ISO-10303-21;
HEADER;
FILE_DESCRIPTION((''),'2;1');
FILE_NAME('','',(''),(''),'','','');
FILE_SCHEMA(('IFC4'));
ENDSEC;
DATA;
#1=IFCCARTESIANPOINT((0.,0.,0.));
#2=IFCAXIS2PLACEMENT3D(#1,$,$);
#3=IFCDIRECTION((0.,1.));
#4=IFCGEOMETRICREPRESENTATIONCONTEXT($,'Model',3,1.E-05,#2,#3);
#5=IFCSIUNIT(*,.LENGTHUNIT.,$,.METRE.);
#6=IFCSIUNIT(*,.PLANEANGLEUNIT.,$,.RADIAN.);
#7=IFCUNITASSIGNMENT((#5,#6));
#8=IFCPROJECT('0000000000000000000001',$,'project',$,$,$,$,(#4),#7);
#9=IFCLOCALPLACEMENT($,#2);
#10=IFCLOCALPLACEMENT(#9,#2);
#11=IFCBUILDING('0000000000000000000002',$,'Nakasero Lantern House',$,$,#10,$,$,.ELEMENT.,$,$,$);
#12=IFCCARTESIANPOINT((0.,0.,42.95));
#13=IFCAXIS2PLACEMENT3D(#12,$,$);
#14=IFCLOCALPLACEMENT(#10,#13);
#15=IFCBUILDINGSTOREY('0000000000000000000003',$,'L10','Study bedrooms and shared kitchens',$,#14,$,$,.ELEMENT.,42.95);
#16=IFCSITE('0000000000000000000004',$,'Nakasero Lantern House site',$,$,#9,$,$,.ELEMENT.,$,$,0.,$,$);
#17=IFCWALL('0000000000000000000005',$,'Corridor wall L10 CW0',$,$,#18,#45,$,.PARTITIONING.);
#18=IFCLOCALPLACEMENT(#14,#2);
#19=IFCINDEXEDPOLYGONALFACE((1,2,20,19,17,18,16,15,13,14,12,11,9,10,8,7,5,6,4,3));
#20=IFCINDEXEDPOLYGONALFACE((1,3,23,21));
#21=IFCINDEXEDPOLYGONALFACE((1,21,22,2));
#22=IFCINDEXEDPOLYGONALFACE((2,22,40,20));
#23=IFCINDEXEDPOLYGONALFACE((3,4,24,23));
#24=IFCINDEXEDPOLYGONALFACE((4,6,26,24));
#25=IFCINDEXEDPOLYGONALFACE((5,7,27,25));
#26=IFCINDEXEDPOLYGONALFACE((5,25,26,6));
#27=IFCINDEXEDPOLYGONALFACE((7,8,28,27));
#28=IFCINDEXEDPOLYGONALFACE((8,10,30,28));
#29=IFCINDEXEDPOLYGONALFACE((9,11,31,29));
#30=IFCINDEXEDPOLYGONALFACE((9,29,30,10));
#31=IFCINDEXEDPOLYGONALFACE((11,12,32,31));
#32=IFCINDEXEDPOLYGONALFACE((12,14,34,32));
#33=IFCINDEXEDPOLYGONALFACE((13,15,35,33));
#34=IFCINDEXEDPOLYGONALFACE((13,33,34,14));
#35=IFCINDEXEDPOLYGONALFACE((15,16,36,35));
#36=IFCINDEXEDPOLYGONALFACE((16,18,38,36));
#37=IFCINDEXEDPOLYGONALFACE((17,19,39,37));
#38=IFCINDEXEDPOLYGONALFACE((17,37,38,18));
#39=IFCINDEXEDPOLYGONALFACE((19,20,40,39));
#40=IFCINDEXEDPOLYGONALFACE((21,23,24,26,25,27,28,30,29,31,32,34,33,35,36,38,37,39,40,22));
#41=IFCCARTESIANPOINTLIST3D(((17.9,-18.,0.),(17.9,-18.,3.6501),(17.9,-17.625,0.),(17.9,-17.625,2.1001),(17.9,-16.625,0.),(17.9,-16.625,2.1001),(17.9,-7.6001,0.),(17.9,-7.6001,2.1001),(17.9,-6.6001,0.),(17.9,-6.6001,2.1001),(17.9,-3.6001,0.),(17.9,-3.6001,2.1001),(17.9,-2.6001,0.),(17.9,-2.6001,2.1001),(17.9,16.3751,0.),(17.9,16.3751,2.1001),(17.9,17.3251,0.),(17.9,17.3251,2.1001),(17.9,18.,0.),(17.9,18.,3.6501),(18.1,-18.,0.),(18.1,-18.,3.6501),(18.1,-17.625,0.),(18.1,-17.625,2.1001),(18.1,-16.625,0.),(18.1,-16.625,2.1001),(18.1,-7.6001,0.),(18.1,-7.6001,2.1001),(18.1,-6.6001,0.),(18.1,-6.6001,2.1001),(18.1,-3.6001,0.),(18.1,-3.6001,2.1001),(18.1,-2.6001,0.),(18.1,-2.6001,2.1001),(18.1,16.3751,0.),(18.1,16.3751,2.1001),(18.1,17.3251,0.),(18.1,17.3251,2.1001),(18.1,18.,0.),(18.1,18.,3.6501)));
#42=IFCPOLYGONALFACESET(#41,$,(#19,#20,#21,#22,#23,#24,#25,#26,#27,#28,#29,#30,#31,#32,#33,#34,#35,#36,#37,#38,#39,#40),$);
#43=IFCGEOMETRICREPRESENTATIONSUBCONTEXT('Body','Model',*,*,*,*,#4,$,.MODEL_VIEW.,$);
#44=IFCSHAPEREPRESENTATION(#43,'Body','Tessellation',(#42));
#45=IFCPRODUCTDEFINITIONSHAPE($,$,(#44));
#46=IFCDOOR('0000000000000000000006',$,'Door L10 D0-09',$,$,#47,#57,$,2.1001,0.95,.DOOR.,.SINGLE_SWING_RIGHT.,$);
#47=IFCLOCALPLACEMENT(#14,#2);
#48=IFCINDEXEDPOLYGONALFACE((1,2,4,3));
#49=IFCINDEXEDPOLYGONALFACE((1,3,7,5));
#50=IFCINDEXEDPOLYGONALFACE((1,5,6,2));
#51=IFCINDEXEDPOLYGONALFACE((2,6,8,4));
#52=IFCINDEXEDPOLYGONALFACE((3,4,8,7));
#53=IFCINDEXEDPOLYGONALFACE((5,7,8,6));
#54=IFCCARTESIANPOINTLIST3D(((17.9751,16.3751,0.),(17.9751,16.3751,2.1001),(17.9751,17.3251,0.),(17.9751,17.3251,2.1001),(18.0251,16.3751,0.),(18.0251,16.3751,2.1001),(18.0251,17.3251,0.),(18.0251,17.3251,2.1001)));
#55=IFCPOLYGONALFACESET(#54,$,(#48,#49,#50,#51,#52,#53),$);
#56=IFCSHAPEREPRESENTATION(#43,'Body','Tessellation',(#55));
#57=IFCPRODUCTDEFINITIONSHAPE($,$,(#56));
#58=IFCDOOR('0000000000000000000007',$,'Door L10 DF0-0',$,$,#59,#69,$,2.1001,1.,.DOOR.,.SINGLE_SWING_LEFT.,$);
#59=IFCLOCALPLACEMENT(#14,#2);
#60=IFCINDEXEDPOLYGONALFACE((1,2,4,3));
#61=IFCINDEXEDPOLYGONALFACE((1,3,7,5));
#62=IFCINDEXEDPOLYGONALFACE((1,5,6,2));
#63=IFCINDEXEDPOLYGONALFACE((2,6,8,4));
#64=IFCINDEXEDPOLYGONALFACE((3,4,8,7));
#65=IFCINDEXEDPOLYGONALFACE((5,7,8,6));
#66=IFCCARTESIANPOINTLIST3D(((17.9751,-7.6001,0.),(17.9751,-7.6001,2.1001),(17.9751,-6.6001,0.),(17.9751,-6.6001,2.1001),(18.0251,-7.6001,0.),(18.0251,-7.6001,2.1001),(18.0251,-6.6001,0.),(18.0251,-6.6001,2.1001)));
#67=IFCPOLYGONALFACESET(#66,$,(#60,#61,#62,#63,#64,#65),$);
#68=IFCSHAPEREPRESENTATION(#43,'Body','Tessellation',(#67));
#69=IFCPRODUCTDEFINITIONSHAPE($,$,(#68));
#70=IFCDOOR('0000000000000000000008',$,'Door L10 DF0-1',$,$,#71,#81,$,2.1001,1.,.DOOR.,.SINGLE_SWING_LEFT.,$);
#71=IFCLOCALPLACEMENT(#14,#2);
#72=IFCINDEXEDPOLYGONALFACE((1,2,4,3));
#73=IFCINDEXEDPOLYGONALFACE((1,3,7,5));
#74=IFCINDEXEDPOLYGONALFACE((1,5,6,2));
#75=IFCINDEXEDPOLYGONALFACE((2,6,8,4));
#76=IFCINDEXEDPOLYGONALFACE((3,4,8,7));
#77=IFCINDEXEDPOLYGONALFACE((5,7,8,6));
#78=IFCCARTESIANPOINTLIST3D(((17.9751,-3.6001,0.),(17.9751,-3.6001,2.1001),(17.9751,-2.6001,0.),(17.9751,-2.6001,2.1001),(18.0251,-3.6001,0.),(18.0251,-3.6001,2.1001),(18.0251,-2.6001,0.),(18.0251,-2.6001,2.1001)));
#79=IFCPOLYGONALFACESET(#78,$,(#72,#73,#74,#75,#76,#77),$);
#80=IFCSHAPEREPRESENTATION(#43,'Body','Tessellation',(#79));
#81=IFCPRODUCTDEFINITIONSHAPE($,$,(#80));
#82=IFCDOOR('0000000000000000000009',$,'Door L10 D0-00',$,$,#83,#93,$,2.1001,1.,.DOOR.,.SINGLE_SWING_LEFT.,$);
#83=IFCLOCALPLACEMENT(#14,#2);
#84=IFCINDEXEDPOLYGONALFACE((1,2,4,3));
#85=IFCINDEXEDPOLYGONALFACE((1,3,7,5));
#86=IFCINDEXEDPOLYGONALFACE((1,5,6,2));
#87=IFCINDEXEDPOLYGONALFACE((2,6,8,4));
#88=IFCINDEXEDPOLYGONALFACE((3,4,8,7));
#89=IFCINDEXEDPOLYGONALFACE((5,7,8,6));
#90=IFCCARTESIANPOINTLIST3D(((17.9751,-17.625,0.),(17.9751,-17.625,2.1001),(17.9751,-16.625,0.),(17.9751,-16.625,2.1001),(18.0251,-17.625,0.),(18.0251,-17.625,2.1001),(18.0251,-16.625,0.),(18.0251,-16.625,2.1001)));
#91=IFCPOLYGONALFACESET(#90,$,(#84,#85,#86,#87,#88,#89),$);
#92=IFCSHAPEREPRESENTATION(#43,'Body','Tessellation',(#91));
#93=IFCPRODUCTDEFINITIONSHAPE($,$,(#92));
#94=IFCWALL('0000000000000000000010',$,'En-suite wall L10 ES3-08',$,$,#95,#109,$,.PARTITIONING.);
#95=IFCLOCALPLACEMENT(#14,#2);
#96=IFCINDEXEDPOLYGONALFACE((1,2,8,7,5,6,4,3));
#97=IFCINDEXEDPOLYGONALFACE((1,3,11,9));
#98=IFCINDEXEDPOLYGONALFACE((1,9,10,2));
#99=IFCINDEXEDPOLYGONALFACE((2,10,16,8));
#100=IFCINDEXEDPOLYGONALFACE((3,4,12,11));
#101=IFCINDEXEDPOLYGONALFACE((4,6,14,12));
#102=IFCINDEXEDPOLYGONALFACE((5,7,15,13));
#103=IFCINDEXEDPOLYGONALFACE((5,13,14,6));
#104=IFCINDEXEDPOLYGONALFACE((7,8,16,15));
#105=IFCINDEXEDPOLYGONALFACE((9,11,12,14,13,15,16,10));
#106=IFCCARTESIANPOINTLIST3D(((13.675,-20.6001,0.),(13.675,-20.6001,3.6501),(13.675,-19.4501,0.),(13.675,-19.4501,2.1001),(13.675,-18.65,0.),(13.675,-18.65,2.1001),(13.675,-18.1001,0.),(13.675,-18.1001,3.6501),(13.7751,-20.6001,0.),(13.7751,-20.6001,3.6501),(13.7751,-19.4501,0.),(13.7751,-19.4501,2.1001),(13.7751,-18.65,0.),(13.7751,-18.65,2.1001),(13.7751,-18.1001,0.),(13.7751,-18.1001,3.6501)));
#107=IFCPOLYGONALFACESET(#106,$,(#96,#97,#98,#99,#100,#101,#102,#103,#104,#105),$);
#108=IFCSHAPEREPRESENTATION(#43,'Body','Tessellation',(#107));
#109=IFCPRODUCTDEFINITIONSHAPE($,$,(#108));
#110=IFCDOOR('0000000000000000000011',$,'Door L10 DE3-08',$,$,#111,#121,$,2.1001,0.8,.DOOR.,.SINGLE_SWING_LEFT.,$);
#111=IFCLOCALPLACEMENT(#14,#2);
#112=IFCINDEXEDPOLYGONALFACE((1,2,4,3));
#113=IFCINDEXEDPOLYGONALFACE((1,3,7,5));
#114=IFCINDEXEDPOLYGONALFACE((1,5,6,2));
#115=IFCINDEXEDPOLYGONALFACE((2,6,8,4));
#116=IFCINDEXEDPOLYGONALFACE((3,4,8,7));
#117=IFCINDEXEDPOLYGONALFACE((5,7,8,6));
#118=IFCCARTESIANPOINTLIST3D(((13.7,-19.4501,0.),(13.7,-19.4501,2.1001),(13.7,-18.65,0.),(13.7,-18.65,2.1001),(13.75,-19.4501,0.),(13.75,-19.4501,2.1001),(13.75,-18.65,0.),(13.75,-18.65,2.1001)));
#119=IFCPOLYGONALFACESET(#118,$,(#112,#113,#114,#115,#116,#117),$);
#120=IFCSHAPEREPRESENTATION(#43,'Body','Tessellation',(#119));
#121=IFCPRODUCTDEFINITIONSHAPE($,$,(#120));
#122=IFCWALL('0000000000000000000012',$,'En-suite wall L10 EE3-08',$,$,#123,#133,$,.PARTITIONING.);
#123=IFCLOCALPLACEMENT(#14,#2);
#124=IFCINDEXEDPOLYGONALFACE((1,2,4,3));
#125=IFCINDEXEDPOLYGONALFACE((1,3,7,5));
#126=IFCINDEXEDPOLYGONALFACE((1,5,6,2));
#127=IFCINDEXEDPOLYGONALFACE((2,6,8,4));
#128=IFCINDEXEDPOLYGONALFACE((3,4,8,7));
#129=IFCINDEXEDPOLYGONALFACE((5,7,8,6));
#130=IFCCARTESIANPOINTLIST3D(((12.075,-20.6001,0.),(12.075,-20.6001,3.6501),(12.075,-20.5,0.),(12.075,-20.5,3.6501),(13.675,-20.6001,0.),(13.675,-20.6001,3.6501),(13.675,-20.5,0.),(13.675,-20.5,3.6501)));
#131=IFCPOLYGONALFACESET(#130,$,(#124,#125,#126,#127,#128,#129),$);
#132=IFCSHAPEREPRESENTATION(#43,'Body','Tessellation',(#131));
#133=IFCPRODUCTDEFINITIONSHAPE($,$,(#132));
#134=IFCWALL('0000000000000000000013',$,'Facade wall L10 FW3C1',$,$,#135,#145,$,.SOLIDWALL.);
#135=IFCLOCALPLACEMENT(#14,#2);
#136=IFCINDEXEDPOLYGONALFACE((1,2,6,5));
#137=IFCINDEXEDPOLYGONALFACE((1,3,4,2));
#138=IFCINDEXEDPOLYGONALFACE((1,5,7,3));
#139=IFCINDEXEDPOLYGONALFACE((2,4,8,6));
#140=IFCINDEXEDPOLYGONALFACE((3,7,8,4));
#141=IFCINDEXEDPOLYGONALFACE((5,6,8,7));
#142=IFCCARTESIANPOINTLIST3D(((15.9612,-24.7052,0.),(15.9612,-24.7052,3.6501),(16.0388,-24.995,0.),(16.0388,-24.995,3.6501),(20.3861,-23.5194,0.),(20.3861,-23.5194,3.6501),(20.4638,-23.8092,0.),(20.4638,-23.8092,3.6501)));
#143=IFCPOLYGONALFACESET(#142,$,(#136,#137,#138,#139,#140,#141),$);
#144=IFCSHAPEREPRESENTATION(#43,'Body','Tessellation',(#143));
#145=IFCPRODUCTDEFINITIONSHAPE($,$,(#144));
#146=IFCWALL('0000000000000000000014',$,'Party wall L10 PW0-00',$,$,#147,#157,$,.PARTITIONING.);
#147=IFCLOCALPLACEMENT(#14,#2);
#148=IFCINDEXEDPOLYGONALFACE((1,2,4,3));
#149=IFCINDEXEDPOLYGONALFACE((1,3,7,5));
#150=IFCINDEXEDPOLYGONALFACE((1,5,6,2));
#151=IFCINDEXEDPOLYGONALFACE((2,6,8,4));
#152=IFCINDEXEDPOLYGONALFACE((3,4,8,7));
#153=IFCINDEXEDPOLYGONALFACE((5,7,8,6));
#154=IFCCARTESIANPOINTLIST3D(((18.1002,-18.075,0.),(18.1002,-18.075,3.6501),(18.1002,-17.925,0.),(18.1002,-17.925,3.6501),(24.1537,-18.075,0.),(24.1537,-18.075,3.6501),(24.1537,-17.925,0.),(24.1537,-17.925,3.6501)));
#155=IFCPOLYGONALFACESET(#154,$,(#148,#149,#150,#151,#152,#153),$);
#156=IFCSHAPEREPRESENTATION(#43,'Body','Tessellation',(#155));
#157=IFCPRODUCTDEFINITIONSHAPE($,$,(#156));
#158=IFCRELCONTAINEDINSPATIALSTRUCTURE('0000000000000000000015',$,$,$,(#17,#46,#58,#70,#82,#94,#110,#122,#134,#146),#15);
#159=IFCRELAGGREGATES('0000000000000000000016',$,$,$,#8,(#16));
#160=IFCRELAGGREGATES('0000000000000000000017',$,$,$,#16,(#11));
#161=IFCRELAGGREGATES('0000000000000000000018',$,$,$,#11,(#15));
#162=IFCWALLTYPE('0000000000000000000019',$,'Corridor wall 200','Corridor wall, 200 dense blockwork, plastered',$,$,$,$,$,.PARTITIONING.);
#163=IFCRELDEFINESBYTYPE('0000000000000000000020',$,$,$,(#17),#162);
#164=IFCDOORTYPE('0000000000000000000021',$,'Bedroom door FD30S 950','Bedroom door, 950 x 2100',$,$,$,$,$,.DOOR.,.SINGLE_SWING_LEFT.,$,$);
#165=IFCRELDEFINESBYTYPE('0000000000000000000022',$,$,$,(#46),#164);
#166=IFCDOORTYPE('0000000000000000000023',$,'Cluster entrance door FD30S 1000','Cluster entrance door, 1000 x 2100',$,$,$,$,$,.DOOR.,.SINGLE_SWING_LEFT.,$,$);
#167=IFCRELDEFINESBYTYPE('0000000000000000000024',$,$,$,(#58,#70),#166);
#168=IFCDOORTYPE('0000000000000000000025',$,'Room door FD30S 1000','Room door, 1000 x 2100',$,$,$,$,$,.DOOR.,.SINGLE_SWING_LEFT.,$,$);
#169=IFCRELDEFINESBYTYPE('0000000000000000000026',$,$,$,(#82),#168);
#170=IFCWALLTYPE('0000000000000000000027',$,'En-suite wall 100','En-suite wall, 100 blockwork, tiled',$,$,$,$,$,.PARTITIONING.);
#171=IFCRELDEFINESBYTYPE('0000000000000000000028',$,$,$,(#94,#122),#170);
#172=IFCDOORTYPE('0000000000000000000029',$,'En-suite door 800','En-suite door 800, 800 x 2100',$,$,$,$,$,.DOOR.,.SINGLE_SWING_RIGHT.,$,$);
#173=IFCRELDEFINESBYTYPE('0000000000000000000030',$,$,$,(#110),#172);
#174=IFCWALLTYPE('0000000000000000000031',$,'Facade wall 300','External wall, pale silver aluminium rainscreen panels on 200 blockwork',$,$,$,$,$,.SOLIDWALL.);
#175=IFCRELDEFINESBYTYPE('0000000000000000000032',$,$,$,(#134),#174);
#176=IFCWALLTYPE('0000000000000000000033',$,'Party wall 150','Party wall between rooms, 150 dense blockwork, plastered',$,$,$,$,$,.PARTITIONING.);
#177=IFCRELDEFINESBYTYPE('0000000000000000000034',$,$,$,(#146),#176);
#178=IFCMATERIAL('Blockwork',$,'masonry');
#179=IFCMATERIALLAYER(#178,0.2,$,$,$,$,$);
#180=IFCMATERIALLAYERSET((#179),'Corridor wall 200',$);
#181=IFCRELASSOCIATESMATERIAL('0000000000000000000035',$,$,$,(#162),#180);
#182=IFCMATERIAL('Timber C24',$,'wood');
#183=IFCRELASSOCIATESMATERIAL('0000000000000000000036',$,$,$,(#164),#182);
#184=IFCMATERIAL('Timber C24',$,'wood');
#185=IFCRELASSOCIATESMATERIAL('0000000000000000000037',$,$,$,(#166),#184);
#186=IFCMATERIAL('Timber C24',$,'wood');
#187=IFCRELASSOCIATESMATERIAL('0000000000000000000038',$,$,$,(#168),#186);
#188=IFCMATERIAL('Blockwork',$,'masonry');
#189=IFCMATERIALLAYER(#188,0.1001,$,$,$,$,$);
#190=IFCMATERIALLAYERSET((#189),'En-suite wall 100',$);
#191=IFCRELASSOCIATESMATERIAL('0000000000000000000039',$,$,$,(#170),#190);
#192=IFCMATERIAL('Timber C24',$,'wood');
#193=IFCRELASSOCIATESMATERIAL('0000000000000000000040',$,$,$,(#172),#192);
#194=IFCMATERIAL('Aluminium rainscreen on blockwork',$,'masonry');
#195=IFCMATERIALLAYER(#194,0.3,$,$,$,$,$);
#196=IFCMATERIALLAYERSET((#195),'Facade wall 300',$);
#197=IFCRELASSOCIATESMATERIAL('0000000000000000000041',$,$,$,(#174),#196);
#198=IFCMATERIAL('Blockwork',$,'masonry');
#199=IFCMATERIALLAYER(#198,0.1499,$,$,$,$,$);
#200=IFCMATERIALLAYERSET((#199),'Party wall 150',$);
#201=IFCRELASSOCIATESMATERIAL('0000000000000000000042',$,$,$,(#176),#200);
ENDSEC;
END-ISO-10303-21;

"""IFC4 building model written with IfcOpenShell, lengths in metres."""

from ifc_helpers import new_model, si_unit, direction, frame, frame_2d, origin, place, context, subcontext, project, spatial, rectangle, extrude, material, layer, layer_set, type_object, element, fill, save


model = new_model("IFC4")

# Units and contexts
model_context = context("Model", 3, precision=1e-05, world=origin(), true_north=direction((0.0, 1.0)))
body_context = subcontext(model_context, "Body", "Model", "MODEL_VIEW")
ifc_project = project(units=[si_unit("LENGTHUNIT", "METRE"), si_unit("PLANEANGLEUNIT", "RADIAN")], contexts=[model_context])

# Site, building, storey
site_placement = place(None, origin())
site = spatial("IfcSite", under=ifc_project, at=site_placement, Name="Nakasero Lantern House site", CompositionType="ELEMENT", RefElevation=0.0)
building_placement = place(site_placement, origin())
building = spatial("IfcBuilding", under=site, at=building_placement, Name="Nakasero Lantern House", CompositionType="ELEMENT")
storey_placement = place(building_placement, frame((0.0, 0.0, 42.95)))
storey = spatial("IfcBuildingStorey", under=building, at=storey_placement, Name="L10", Description="Study bedrooms and shared kitchens", CompositionType="ELEMENT", Elevation=42.95)

# Wall, openings, doors
ifc_material_1 = material(Name="Blockwork", Category="masonry")
ifc_layer_1 = layer(ifc_material_1, 0.2)
ifc_layer_set_1 = layer_set([ifc_layer_1], Name="Corridor wall 200")
wall_type_1 = type_object("IfcWallType", Name="Corridor wall 200", Description="Corridor wall, 200 dense blockwork, plastered", PredefinedType="PARTITIONING", material=ifc_layer_set_1)
wall_1_placement = place(storey_placement, frame((18.0, -18.0, 0.0), z_axis=(0.0, 0.0, 1.0), x_axis=(0.0, 1.0, 0.0)))
wall_1 = element("IfcWall", 1, at=wall_1_placement, inside=storey, type_object=wall_type_1, Name="Corridor wall L10 CW0", PredefinedType="PARTITIONING", context=body_context, shape_type="SweptSolid", body=[
    extrude(rectangle(XDim=36.0, YDim=0.2, at=frame_2d((18.0, 0.0))), origin(), (0.0, 0.0, 1.0), 3.6501),
])
opening_1_placement = place(wall_1_placement, frame((10.3999, 0.0, 0.0)))
opening_1 = element("IfcOpeningElement", 2, at=opening_1_placement, cuts=wall_1, PredefinedType="OPENING", context=body_context, shape_type="SweptSolid", body=[
    extrude(rectangle(XDim=1.0, YDim=2.1001, at=frame_2d((0.5, 1.05))), frame((0.0, 0.1199, 0.0), z_axis=(0.0, -1.0, 0.0), x_axis=(1.0, 0.0, 0.0)), (0.0, 0.0, 1.0), 0.24),
])
opening_2_placement = place(wall_1_placement, frame((14.3999, 0.0, 0.0)))
opening_2 = element("IfcOpeningElement", 3, at=opening_2_placement, cuts=wall_1, PredefinedType="OPENING", context=body_context, shape_type="SweptSolid", body=[
    extrude(rectangle(XDim=1.0, YDim=2.1001, at=frame_2d((0.5, 1.05))), frame((0.0, 0.1199, 0.0), z_axis=(0.0, -1.0, 0.0), x_axis=(1.0, 0.0, 0.0)), (0.0, 0.0, 1.0), 0.24),
])
opening_3_placement = place(wall_1_placement, frame((0.375, 0.0, 0.0)))
opening_3 = element("IfcOpeningElement", 4, at=opening_3_placement, cuts=wall_1, PredefinedType="OPENING", context=body_context, shape_type="SweptSolid", body=[
    extrude(rectangle(XDim=1.0, YDim=2.1001, at=frame_2d((0.5, 1.05))), frame((0.0, 0.1199, 0.0), z_axis=(0.0, -1.0, 0.0), x_axis=(1.0, 0.0, 0.0)), (0.0, 0.0, 1.0), 0.24),
])
opening_4_placement = place(wall_1_placement, frame((34.375, 0.0, 0.0)))
opening_4 = element("IfcOpeningElement", 5, at=opening_4_placement, cuts=wall_1, PredefinedType="OPENING", context=body_context, shape_type="SweptSolid", body=[
    extrude(rectangle(XDim=0.95, YDim=2.1001, at=frame_2d((0.4751, 1.05))), frame((0.0, 0.1199, 0.0), z_axis=(0.0, -1.0, 0.0), x_axis=(1.0, 0.0, 0.0)), (0.0, 0.0, 1.0), 0.24),
])
ifc_material_2 = material(Name="Timber C24", Category="wood")
door_type_1 = type_object("IfcDoorType", Name="Bedroom door FD30S 950", Description="Bedroom door, 950 x 2100", OperationType="SINGLE_SWING_LEFT", PredefinedType="DOOR", material=ifc_material_2)
door_1_placement = place(opening_4_placement, origin())
door_1 = element("IfcDoor", 6, at=door_1_placement, inside=storey, type_object=door_type_1, Name="Door L10 D0-09", OperationType="SINGLE_SWING_RIGHT", OverallHeight=2.1001, OverallWidth=0.95, PredefinedType="DOOR", context=body_context, shape_type="SweptSolid", body=[
    extrude(rectangle(XDim=0.95, YDim=2.1001, at=frame_2d((0.4751, 1.05))), frame((0.0, 0.0249, 0.0), z_axis=(0.0, -1.0, 0.0), x_axis=(1.0, 0.0, 0.0)), (0.0, 0.0, 1.0), 0.05),
])
fill(opening_4, door_1)
ifc_material_3 = material(Name="Timber C24", Category="wood")
door_type_2 = type_object("IfcDoorType", Name="Cluster entrance door FD30S 1000", Description="Cluster entrance door, 1000 x 2100", OperationType="SINGLE_SWING_LEFT", PredefinedType="DOOR", material=ifc_material_3)
door_2_placement = place(opening_1_placement, origin())
door_2 = element("IfcDoor", 7, at=door_2_placement, inside=storey, type_object=door_type_2, Name="Door L10 DF0-0", OperationType="SINGLE_SWING_LEFT", OverallHeight=2.1001, OverallWidth=1.0, PredefinedType="DOOR", context=body_context, shape_type="SweptSolid", body=[
    extrude(rectangle(XDim=1.0, YDim=2.1001, at=frame_2d((0.5, 1.05))), frame((0.0, 0.0249, 0.0), z_axis=(0.0, -1.0, 0.0), x_axis=(1.0, 0.0, 0.0)), (0.0, 0.0, 1.0), 0.05),
])
fill(opening_1, door_2)
door_3_placement = place(opening_2_placement, origin())
door_3 = element("IfcDoor", 8, at=door_3_placement, inside=storey, type_object=door_type_2, Name="Door L10 DF0-1", OperationType="SINGLE_SWING_LEFT", OverallHeight=2.1001, OverallWidth=1.0, PredefinedType="DOOR", context=body_context, shape_type="SweptSolid", body=[
    extrude(rectangle(XDim=1.0, YDim=2.1001, at=frame_2d((0.5, 1.05))), frame((0.0, 0.0249, 0.0), z_axis=(0.0, -1.0, 0.0), x_axis=(1.0, 0.0, 0.0)), (0.0, 0.0, 1.0), 0.05),
])
fill(opening_2, door_3)
ifc_material_4 = material(Name="Timber C24", Category="wood")
door_type_3 = type_object("IfcDoorType", Name="Room door FD30S 1000", Description="Room door, 1000 x 2100", OperationType="SINGLE_SWING_LEFT", PredefinedType="DOOR", material=ifc_material_4)
door_4_placement = place(opening_3_placement, origin())
door_4 = element("IfcDoor", 9, at=door_4_placement, inside=storey, type_object=door_type_3, Name="Door L10 D0-00", OperationType="SINGLE_SWING_LEFT", OverallHeight=2.1001, OverallWidth=1.0, PredefinedType="DOOR", context=body_context, shape_type="SweptSolid", body=[
    extrude(rectangle(XDim=1.0, YDim=2.1001, at=frame_2d((0.5, 1.05))), frame((0.0, 0.0249, 0.0), z_axis=(0.0, -1.0, 0.0), x_axis=(1.0, 0.0, 0.0)), (0.0, 0.0, 1.0), 0.05),
])
fill(opening_3, door_4)

# Wall, opening, door
ifc_material_5 = material(Name="Blockwork", Category="masonry")
ifc_layer_2 = layer(ifc_material_5, 0.1001)
ifc_layer_set_2 = layer_set([ifc_layer_2], Name="En-suite wall 100")
wall_type_2 = type_object("IfcWallType", Name="En-suite wall 100", Description="En-suite wall, 100 blockwork, tiled", PredefinedType="PARTITIONING", material=ifc_layer_set_2)
wall_2_placement = place(storey_placement, frame((13.7251, -18.1001, 0.0), z_axis=(0.0, 0.0, 1.0), x_axis=(0.0, -1.0, 0.0)))
wall_2 = element("IfcWall", 10, at=wall_2_placement, inside=storey, type_object=wall_type_2, Name="En-suite wall L10 ES3-08", PredefinedType="PARTITIONING", context=body_context, shape_type="SweptSolid", body=[
    extrude(rectangle(XDim=2.5, YDim=0.1001, at=frame_2d((1.25, 0.0))), origin(), (0.0, 0.0, 1.0), 3.6501),
])
opening_5_placement = place(wall_2_placement, frame((0.55, 0.0, 0.0)))
opening_5 = element("IfcOpeningElement", 11, at=opening_5_placement, cuts=wall_2, PredefinedType="OPENING", context=body_context, shape_type="SweptSolid", body=[
    extrude(rectangle(XDim=0.8, YDim=2.1001, at=frame_2d((0.3999, 1.05))), frame((0.0, 0.0701, 0.0), z_axis=(0.0, -1.0, 0.0), x_axis=(1.0, 0.0, 0.0)), (0.0, 0.0, 1.0), 0.1401),
])
ifc_material_6 = material(Name="Timber C24", Category="wood")
door_type_4 = type_object("IfcDoorType", Name="En-suite door 800", Description="En-suite door 800, 800 x 2100", OperationType="SINGLE_SWING_RIGHT", PredefinedType="DOOR", material=ifc_material_6)
door_5_placement = place(opening_5_placement, origin())
door_5 = element("IfcDoor", 12, at=door_5_placement, inside=storey, type_object=door_type_4, Name="Door L10 DE3-08", OperationType="SINGLE_SWING_LEFT", OverallHeight=2.1001, OverallWidth=0.8, PredefinedType="DOOR", context=body_context, shape_type="SweptSolid", body=[
    extrude(rectangle(XDim=0.8, YDim=2.1001, at=frame_2d((0.3999, 1.05))), frame((0.0, 0.0249, 0.0), z_axis=(0.0, -1.0, 0.0), x_axis=(1.0, 0.0, 0.0)), (0.0, 0.0, 1.0), 0.05),
])
fill(opening_5, door_5)

# Walls
wall_3_placement = place(storey_placement, frame((12.075, -20.55, 0.0), z_axis=(0.0, 0.0, 1.0), x_axis=(1.0, 0.0, 0.0)))
element("IfcWall", 13, at=wall_3_placement, inside=storey, type_object=wall_type_2, Name="En-suite wall L10 EE3-08", PredefinedType="PARTITIONING", context=body_context, shape_type="SweptSolid", body=[
    extrude(rectangle(XDim=1.6001, YDim=0.1001, at=frame_2d((0.8, 0.0))), origin(), (0.0, 0.0, 1.0), 3.6501),
])
ifc_material_7 = material(Name="Aluminium rainscreen on blockwork", Category="masonry")
ifc_layer_3 = layer(ifc_material_7, 0.3)
ifc_layer_set_3 = layer_set([ifc_layer_3], Name="Facade wall 300")
wall_type_3 = type_object("IfcWallType", Name="Facade wall 300", Description="External wall, pale silver aluminium rainscreen panels on 200 blockwork", PredefinedType="SOLIDWALL", material=ifc_layer_set_3)
wall_4_placement = place(storey_placement, frame((16.0, -24.8501, 0.0), z_axis=(0.0, 0.0, 1.0), x_axis=(0.96592, 0.25884, 0.0)))
element("IfcWall", 14, at=wall_4_placement, inside=storey, type_object=wall_type_3, Name="Facade wall L10 FW3C1", PredefinedType="SOLIDWALL", context=body_context, shape_type="SweptSolid", body=[
    extrude(rectangle(XDim=4.5811, YDim=0.3, at=frame_2d((2.2905, 0.0))), origin(), (0.0, 0.0, 1.0), 3.6501),
])
ifc_material_8 = material(Name="Blockwork", Category="masonry")
ifc_layer_4 = layer(ifc_material_8, 0.1499)
ifc_layer_set_4 = layer_set([ifc_layer_4], Name="Party wall 150")
wall_type_4 = type_object("IfcWallType", Name="Party wall 150", Description="Party wall between rooms, 150 dense blockwork, plastered", PredefinedType="PARTITIONING", material=ifc_layer_set_4)
wall_5_placement = place(storey_placement, frame((18.1001, -18.0, 0.0), z_axis=(0.0, 0.0, 1.0), x_axis=(1.0, 0.0, 0.0)))
element("IfcWall", 15, at=wall_5_placement, inside=storey, type_object=wall_type_4, Name="Party wall L10 PW0-00", PredefinedType="PARTITIONING", context=body_context, shape_type="SweptSolid", body=[
    extrude(rectangle(XDim=6.0535, YDim=0.1499, at=frame_2d((3.0269, 0.0))), origin(), (0.0, 0.0, 1.0), 3.6501),
])

save(model, "model.ifc")
